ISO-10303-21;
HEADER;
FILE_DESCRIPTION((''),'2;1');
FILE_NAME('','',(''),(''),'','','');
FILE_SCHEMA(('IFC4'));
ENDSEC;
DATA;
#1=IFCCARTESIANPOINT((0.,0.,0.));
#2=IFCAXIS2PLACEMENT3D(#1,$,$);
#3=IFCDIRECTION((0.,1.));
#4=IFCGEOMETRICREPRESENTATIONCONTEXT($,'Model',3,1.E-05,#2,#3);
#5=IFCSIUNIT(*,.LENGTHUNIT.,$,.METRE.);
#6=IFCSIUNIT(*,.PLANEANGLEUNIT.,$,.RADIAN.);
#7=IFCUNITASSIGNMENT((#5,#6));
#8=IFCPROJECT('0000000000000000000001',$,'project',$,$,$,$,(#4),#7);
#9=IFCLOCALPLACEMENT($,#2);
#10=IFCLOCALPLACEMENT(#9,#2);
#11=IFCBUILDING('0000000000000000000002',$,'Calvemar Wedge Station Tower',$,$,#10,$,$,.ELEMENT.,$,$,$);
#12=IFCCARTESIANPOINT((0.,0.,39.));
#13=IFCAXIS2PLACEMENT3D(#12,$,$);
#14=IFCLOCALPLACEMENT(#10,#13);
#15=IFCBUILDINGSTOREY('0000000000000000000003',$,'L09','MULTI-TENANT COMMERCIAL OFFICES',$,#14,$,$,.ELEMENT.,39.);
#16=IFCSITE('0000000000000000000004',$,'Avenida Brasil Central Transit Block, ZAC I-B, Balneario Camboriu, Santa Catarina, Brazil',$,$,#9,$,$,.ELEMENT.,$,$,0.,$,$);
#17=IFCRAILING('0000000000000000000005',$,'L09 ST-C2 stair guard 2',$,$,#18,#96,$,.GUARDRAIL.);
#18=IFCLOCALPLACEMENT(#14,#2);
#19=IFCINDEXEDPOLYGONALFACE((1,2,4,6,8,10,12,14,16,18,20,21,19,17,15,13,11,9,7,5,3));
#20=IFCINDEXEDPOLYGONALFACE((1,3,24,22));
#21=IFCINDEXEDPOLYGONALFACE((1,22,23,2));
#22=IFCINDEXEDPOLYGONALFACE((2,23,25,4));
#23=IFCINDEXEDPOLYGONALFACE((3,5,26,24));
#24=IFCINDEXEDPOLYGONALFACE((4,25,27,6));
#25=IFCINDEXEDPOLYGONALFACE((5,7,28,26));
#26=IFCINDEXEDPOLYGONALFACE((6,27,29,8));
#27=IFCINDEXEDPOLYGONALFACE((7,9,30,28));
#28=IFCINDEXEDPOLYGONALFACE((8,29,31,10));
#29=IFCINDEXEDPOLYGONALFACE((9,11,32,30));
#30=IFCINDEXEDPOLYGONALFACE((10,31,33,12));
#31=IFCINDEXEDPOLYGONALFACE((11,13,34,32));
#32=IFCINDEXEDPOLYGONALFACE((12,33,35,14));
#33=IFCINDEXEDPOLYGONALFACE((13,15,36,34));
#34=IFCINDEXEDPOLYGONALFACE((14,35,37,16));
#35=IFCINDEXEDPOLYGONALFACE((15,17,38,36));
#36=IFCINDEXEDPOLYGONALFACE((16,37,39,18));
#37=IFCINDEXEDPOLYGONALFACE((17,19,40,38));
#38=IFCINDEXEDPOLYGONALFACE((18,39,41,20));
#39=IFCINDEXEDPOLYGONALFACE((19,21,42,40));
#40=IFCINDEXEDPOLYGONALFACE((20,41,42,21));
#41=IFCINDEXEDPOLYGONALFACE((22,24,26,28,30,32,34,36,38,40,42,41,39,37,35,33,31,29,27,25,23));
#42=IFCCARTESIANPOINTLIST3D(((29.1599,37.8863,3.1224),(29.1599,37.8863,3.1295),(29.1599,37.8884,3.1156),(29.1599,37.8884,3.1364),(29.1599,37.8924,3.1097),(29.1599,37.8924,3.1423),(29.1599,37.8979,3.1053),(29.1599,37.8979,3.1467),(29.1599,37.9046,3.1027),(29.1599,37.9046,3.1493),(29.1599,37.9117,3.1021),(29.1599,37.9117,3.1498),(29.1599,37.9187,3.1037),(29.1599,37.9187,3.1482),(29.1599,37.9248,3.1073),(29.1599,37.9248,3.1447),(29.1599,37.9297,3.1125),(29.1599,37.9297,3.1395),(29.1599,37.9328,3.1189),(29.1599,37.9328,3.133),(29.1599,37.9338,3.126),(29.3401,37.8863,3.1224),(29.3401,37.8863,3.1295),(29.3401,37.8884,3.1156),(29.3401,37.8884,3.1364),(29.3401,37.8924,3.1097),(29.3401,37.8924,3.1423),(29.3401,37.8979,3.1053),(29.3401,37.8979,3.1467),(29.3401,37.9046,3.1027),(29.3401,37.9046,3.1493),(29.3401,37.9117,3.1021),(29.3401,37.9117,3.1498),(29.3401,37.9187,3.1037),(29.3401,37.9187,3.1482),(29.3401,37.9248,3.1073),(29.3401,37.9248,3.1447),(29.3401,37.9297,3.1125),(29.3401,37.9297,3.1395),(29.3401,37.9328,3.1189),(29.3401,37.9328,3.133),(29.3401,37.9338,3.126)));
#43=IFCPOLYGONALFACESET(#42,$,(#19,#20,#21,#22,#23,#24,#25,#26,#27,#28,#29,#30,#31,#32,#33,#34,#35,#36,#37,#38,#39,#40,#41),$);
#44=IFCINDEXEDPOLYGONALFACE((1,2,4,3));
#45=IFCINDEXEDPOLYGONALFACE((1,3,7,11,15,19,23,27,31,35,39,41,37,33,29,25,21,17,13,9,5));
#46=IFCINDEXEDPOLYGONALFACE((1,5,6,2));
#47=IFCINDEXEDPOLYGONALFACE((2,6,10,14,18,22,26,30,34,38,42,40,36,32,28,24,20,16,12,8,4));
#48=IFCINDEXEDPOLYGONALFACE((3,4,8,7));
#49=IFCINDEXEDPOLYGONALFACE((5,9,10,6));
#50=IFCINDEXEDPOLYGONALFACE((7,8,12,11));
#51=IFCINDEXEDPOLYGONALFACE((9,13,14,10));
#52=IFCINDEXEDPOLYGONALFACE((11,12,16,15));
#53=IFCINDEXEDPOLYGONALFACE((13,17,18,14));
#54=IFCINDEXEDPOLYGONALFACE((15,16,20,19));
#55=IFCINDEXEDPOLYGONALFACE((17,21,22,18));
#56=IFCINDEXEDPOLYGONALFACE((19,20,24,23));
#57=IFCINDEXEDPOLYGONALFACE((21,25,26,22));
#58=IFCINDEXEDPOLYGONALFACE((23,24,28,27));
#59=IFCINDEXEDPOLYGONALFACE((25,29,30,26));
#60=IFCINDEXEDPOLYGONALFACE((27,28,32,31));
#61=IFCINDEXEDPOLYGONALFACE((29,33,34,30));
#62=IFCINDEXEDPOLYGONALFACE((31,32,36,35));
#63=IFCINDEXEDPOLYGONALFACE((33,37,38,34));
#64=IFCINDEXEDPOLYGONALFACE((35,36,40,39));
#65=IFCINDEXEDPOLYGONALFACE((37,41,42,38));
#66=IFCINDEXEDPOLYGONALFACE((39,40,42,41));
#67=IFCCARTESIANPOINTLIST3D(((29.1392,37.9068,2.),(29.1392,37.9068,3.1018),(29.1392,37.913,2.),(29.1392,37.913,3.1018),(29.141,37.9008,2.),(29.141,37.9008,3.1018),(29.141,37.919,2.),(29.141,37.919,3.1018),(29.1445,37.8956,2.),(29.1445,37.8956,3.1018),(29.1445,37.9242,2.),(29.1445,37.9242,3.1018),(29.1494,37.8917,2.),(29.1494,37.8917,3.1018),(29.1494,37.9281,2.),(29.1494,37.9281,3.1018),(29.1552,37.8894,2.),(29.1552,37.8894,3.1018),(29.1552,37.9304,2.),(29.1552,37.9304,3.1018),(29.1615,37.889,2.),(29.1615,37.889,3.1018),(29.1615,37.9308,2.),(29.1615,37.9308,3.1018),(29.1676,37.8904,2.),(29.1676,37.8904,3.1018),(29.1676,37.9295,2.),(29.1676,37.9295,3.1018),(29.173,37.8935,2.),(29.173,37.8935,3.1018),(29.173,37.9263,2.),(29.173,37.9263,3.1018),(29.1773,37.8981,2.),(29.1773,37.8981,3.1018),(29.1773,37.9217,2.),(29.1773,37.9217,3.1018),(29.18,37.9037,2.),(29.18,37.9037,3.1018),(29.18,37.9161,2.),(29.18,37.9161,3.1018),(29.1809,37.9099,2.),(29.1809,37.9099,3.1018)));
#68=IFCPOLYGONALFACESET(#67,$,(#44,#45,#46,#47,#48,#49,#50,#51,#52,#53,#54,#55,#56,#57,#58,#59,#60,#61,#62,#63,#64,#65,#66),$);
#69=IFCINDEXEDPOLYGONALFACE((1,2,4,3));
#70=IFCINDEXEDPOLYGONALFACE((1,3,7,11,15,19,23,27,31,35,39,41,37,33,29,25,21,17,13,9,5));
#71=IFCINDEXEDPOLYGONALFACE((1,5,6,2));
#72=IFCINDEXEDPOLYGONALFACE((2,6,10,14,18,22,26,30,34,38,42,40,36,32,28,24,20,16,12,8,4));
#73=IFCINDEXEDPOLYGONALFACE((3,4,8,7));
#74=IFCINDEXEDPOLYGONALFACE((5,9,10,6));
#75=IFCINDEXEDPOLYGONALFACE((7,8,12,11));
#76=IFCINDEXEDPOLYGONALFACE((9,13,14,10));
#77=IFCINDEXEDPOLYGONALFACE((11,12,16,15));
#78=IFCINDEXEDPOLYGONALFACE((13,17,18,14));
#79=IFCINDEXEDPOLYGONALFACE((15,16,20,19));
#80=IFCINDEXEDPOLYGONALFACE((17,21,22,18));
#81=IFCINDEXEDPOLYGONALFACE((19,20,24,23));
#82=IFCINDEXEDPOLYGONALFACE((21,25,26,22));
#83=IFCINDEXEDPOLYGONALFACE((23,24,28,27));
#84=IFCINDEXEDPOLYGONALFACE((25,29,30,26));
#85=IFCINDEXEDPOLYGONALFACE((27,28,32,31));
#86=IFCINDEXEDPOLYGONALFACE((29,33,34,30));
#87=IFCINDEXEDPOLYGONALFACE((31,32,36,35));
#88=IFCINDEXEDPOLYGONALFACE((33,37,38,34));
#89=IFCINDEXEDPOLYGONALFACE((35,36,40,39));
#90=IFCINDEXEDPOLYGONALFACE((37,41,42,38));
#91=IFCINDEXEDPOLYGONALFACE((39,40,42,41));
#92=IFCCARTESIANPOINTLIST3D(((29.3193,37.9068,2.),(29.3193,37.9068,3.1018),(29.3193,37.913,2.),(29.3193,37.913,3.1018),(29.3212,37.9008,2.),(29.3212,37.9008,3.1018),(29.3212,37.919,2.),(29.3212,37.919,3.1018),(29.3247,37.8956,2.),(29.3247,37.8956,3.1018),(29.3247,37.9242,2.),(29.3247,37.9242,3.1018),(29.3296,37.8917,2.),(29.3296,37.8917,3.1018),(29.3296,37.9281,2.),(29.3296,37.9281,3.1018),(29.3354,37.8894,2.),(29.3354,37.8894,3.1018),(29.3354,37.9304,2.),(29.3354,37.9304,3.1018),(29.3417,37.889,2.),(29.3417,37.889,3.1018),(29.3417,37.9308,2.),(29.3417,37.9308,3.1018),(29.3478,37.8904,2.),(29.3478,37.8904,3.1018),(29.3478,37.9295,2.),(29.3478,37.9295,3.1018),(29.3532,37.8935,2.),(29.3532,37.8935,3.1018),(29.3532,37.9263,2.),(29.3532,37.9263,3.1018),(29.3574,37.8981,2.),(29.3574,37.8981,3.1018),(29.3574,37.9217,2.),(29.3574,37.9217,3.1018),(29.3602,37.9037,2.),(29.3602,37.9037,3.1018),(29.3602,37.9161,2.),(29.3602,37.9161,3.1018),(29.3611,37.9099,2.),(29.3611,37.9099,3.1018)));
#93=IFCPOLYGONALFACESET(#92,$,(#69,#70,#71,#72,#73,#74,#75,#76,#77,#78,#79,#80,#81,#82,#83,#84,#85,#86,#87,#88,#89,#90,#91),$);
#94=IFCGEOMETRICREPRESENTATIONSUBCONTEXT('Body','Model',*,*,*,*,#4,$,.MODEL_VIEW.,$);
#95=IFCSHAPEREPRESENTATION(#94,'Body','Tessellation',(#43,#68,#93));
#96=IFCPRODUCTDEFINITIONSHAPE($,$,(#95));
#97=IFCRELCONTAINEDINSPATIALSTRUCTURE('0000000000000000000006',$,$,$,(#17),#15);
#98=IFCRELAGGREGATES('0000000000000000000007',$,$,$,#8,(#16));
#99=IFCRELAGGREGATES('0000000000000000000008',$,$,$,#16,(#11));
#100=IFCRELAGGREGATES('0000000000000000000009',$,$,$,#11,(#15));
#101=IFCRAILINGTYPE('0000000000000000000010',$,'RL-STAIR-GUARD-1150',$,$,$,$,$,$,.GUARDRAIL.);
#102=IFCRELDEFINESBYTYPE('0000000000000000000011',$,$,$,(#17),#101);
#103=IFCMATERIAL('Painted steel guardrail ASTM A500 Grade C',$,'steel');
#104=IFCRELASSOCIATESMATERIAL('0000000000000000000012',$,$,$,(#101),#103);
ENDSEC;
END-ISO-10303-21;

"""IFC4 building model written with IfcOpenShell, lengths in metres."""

from ifc_helpers import new_model, si_unit, direction, frame, origin, origin_2d, place, context, subcontext, project, spatial, circle, extrude, material, type_object, element, save


model = new_model("IFC4")

# Units and contexts
model_context = context("Model", 3, precision=1e-05, world=origin(), true_north=direction((0.0, 1.0)))
body_context = subcontext(model_context, "Body", "Model", "MODEL_VIEW")
ifc_project = project(units=[si_unit("LENGTHUNIT", "METRE"), si_unit("PLANEANGLEUNIT", "RADIAN")], contexts=[model_context])

# Site, building, storey
site_placement = place(None, origin())
site = spatial("IfcSite", under=ifc_project, at=site_placement, Name="Avenida Brasil Central Transit Block, ZAC I-B, Balneario Camboriu, Santa Catarina, Brazil", CompositionType="ELEMENT", RefElevation=0.0)
building_placement = place(site_placement, origin())
building = spatial("IfcBuilding", under=site, at=building_placement, Name="Calvemar Wedge Station Tower", CompositionType="ELEMENT")
storey_placement = place(building_placement, frame((0.0, 0.0, 39.0)))
storey = spatial("IfcBuildingStorey", under=building, at=storey_placement, Name="L09", Description="MULTI-TENANT COMMERCIAL OFFICES", CompositionType="ELEMENT", Elevation=39.0)

# Railing
ifc_material_1 = material(Name="Painted steel guardrail ASTM A500 Grade C", Category="steel")
railing_type_1 = type_object("IfcRailingType", Name="RL-STAIR-GUARD-1150", PredefinedType="GUARDRAIL", material=ifc_material_1)
railing_1_placement = place(storey_placement, frame((29.1599, 37.9099, 2.0)))
element("IfcRailing", 1, at=railing_1_placement, inside=storey, type_object=railing_type_1, Name="L09 ST-C2 stair guard 2", PredefinedType="GUARDRAIL", context=body_context, shape_type="SweptSolid", body=[
    extrude(circle(Radius=0.0239, at=origin_2d()), frame((0.0, 0.0, 1.126), z_axis=(1.0, 0.0, 0.0), x_axis=(0.0, 1.0, 0.0)), (0.0, 0.0, 1.0), 0.1802),
    extrude(circle(Radius=0.021, at=origin_2d()), origin(), (0.0, 0.0, 1.0), 1.1018),
    extrude(circle(Radius=0.021, at=origin_2d()), frame((0.1802, 0.0, 0.0)), (0.0, 0.0, 1.0), 1.1018),
])

save(model, "model.ifc")
